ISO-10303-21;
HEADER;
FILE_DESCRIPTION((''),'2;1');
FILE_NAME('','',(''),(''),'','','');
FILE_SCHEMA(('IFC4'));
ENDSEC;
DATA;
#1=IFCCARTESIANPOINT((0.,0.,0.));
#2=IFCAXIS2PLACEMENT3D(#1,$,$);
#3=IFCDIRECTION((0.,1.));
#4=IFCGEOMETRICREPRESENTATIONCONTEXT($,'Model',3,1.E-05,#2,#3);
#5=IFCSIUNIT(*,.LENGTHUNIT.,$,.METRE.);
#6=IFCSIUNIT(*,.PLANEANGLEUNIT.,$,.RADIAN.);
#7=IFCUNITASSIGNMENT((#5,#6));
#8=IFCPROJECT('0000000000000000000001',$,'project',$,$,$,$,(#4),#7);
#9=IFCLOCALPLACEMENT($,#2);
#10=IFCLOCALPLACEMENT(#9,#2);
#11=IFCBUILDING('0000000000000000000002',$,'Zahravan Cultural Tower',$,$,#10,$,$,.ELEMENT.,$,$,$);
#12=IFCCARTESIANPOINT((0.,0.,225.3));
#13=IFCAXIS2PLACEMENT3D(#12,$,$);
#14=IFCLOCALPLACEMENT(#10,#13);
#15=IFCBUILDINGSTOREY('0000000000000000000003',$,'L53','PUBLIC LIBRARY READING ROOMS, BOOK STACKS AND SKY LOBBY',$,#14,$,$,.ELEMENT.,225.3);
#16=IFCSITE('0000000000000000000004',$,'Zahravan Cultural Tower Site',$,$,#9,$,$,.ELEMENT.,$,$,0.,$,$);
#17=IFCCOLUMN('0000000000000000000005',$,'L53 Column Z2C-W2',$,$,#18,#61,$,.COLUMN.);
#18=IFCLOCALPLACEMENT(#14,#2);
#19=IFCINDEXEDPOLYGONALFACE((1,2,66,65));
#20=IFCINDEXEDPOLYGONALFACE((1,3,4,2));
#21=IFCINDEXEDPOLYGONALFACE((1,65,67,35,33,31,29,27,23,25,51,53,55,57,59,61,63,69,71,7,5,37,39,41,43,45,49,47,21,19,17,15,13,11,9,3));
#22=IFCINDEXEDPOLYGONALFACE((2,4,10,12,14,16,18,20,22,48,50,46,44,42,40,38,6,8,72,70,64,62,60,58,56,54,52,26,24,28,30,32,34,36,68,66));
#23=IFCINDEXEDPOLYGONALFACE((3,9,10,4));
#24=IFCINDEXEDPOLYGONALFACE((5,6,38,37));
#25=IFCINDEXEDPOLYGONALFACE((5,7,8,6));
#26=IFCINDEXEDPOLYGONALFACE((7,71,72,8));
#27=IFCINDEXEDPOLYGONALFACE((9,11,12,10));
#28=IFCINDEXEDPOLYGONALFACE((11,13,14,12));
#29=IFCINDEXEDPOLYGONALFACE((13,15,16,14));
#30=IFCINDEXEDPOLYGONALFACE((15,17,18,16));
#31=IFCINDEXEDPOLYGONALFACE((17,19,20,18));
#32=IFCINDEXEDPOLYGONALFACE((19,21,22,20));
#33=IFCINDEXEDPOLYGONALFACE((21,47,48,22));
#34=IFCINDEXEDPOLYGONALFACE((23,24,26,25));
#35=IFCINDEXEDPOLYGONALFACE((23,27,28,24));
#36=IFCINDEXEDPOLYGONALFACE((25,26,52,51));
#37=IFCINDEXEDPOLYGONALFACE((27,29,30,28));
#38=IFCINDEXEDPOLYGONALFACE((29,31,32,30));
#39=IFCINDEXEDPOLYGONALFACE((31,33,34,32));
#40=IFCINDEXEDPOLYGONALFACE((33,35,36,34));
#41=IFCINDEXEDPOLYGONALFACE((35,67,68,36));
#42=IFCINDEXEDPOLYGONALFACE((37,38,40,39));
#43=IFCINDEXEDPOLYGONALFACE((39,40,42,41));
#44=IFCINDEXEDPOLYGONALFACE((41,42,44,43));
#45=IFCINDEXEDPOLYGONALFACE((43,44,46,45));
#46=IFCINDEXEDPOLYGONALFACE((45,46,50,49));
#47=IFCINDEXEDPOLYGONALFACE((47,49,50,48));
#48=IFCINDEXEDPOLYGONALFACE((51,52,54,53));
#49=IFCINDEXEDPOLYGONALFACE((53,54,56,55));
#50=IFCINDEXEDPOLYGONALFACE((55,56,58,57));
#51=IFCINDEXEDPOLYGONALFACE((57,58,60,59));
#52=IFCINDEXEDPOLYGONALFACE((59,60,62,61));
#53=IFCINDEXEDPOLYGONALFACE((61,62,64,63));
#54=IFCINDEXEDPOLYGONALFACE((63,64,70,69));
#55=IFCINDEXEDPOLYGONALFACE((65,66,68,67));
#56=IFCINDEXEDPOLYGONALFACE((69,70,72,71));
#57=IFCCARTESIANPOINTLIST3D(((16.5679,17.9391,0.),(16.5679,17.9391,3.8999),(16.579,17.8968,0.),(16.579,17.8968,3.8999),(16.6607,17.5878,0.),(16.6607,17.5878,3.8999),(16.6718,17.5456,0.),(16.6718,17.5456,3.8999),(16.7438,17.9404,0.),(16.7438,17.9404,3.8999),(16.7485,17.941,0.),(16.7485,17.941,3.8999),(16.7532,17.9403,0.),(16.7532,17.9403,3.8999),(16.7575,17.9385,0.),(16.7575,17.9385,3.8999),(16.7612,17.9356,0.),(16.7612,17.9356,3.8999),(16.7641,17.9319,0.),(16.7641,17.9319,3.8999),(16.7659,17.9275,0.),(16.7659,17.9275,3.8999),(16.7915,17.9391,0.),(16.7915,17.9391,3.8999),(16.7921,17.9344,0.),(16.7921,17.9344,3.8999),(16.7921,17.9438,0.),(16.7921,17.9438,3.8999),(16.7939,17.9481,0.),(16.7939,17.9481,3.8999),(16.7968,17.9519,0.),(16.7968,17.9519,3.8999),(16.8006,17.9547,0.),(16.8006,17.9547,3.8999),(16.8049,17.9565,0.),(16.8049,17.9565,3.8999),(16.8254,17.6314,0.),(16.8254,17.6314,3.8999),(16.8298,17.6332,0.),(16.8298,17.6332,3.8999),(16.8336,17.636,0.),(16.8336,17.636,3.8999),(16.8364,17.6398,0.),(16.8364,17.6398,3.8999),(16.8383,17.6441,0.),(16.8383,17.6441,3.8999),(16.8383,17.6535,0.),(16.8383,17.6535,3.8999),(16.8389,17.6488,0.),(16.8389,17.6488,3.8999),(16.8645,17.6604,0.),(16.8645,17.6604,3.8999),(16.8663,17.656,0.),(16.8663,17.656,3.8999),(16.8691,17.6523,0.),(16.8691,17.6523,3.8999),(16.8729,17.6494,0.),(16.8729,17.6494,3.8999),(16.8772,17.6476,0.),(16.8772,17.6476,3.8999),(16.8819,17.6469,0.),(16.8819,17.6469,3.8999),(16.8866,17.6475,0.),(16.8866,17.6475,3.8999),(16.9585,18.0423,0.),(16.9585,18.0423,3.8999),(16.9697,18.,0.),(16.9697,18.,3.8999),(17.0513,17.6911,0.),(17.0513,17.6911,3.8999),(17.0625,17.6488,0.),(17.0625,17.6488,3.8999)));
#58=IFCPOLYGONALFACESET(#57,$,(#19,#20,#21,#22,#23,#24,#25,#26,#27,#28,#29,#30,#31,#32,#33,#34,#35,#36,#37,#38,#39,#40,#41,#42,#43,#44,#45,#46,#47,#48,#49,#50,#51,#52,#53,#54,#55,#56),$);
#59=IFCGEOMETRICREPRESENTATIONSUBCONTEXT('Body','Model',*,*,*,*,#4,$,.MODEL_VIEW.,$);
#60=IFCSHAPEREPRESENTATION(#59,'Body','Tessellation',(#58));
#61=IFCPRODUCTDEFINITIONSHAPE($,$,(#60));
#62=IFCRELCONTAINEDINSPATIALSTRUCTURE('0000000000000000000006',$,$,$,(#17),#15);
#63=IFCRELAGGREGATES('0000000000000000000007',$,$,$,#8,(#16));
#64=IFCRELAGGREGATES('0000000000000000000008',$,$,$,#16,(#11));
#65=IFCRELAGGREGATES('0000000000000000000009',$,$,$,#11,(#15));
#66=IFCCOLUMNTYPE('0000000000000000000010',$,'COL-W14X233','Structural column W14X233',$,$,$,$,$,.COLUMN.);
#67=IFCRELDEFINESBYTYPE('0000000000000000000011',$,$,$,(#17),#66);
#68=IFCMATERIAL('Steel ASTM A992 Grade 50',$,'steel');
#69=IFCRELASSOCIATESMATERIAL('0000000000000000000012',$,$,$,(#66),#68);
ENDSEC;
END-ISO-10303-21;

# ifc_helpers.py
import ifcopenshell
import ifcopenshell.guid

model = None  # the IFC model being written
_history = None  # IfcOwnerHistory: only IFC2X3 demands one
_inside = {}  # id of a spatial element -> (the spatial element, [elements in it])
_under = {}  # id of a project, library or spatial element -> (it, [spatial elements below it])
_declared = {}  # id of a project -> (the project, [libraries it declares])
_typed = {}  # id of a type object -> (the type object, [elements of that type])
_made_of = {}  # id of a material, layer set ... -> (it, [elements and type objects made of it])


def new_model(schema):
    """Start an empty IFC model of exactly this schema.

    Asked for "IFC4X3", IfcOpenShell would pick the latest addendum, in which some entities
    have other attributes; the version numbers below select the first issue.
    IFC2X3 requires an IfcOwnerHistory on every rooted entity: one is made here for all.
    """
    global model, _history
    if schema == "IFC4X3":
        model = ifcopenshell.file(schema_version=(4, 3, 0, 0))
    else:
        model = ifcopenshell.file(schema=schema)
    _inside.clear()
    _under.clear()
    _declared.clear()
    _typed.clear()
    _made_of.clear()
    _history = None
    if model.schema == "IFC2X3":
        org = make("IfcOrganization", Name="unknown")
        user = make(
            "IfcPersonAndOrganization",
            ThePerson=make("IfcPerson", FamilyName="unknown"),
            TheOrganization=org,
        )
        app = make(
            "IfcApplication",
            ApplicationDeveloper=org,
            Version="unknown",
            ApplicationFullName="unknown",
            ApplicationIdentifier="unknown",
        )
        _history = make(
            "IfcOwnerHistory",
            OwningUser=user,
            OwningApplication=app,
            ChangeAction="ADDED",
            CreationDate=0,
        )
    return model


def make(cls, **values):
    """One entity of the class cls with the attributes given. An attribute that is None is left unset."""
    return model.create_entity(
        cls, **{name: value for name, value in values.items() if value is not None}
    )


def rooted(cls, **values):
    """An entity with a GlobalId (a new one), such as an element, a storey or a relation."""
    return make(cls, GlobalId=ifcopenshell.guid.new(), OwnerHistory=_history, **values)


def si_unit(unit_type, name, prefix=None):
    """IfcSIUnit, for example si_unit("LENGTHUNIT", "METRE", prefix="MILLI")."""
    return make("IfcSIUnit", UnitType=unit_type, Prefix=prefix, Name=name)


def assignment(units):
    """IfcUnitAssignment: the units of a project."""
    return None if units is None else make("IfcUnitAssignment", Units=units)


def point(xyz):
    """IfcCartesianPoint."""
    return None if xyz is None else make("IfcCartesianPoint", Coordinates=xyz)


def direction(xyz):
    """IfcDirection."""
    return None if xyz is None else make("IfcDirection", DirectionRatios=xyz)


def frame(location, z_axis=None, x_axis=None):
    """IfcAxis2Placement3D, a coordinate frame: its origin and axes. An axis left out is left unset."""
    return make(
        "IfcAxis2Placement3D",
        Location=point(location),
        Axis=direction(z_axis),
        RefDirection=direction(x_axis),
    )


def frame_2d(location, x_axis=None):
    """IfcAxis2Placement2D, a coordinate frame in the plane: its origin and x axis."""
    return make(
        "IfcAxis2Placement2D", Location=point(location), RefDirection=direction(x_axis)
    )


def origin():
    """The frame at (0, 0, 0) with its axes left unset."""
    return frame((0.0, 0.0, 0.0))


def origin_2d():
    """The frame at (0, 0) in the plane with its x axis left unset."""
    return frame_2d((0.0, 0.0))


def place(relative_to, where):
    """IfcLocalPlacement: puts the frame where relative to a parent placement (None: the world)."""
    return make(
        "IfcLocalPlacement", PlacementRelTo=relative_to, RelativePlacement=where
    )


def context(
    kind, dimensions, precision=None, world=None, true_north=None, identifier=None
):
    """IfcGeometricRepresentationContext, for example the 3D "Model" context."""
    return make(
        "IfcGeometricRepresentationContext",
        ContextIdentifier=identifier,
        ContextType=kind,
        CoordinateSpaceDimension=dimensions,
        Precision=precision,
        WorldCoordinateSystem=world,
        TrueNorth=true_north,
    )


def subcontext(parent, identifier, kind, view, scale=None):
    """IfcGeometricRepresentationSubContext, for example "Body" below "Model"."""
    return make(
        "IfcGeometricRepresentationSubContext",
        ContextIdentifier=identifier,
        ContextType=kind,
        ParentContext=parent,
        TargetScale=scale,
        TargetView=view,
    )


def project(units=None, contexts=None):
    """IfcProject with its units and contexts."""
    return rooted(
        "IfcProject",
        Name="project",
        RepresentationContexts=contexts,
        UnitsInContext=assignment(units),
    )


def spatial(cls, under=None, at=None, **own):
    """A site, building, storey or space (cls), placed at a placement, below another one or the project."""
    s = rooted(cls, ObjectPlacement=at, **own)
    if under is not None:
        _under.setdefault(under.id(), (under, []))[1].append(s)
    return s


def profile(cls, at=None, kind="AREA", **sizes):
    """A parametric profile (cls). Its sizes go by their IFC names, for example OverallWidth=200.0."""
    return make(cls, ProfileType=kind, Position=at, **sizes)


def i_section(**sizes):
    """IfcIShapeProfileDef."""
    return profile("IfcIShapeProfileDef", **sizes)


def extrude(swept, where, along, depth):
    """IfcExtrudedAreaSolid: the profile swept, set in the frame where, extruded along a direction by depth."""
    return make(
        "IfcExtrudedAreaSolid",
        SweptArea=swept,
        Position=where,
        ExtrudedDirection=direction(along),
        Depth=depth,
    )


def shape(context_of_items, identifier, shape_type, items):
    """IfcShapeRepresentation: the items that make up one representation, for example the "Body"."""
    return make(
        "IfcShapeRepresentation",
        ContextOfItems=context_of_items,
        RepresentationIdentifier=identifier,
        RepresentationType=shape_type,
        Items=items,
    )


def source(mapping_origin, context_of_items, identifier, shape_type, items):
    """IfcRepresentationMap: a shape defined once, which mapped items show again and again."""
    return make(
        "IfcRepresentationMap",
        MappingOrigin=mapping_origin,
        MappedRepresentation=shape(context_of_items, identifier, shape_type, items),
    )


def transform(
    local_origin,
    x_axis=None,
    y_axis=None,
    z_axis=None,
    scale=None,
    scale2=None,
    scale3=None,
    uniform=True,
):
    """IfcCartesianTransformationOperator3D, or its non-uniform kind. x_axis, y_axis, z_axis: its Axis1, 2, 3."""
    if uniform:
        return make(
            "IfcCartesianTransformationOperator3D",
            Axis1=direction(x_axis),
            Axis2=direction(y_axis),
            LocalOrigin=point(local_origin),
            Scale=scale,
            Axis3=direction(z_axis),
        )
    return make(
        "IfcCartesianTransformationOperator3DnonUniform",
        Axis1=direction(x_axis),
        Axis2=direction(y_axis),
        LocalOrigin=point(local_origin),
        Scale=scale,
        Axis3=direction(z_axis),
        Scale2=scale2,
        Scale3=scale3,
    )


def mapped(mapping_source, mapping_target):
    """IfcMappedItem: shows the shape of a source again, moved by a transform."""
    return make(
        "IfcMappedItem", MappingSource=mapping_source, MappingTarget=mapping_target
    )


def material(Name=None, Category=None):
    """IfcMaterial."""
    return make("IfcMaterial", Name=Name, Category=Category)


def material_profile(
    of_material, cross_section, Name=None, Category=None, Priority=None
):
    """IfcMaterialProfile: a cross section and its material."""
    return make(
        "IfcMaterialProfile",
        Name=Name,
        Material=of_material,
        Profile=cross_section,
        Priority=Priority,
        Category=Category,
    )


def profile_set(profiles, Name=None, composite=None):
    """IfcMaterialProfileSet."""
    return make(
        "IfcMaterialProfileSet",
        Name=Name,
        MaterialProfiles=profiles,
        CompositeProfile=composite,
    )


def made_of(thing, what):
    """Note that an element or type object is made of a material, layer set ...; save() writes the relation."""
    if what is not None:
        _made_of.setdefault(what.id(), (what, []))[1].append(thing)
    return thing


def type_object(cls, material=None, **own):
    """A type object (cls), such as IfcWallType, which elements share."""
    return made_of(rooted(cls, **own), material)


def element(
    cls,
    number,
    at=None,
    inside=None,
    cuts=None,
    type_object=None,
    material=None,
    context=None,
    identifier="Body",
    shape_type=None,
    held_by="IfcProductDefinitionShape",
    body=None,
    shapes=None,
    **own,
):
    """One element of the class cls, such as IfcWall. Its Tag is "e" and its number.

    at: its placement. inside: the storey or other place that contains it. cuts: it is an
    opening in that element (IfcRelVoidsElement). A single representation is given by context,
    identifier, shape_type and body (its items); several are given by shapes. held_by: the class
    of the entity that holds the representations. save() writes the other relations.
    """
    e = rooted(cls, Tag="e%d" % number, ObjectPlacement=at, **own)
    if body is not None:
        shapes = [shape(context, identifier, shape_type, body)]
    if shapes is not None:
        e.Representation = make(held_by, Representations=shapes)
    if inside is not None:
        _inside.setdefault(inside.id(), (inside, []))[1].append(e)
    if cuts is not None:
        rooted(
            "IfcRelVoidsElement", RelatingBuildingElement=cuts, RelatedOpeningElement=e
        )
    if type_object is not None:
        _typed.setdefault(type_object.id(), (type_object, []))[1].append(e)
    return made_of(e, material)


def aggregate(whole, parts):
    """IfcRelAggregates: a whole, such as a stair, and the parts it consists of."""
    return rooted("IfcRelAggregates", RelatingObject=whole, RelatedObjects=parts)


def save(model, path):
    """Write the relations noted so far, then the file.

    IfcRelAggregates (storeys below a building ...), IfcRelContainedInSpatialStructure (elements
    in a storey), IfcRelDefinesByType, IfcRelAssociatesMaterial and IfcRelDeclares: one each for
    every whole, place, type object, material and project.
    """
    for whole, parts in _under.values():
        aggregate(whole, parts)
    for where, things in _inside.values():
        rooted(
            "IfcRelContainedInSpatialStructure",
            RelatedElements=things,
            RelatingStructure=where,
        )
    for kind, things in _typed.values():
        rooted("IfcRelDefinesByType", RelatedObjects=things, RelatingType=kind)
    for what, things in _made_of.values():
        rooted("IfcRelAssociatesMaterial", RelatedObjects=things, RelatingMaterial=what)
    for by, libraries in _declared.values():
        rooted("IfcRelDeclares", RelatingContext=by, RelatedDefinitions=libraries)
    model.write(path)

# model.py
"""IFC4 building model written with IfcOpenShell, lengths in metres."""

from ifc_helpers import new_model, si_unit, direction, frame, origin, origin_2d, place, context, subcontext, project, spatial, i_section, extrude, source, transform, mapped, material, material_profile, profile_set, type_object, element, save


model = new_model("IFC4")

# Units and contexts
model_context = context("Model", 3, precision=1e-05, world=origin(), true_north=direction((0.0, 1.0)))
body_context = subcontext(model_context, "Body", "Model", "MODEL_VIEW")
ifc_project = project(units=[si_unit("LENGTHUNIT", "METRE"), si_unit("PLANEANGLEUNIT", "RADIAN")], contexts=[model_context])

# Site, building, storey
site_placement = place(None, origin())
site = spatial("IfcSite", under=ifc_project, at=site_placement, Name="Zahravan Cultural Tower Site", CompositionType="ELEMENT", RefElevation=0.0)
building_placement = place(site_placement, origin())
building = spatial("IfcBuilding", under=site, at=building_placement, Name="Zahravan Cultural Tower", CompositionType="ELEMENT")
storey_placement = place(building_placement, frame((0.0, 0.0, 225.3)))
storey = spatial("IfcBuildingStorey", under=building, at=storey_placement, Name="L53", Description="PUBLIC LIBRARY READING ROOMS, BOOK STACKS AND SKY LOBBY", CompositionType="ELEMENT", Elevation=225.3)

# Column
ifc_material_1 = material(Name="Steel ASTM A992 Grade 50", Category="steel")
ifc_material_profile = material_profile(ifc_material_1, i_section(OverallWidth=0.4041, OverallDepth=0.407, WebThickness=0.0271, FlangeThickness=0.0437, FilletRadius=0.0181, at=origin_2d()), Name="W14X233")
ifc_profile_set = profile_set([ifc_material_profile], Name="Steel ASTM A992 Grade 50")
column_type = type_object("IfcColumnType", Name="COL-W14X233", Description="Structural column W14X233", PredefinedType="COLUMN", material=ifc_profile_set)
shared_shape_1 = source(origin(), body_context, "Body", "SweptSolid", [
    extrude(i_section(OverallWidth=0.4041, OverallDepth=0.407, WebThickness=0.0271, FlangeThickness=0.0437, FilletRadius=0.0181, at=origin_2d()), origin(), (0.0, 0.0, 1.0), 3.8999),
])
column_placement = place(storey_placement, frame((16.8152, 17.7939, 0.0), z_axis=(0.0, 0.0, 1.0), x_axis=(0.966823, 0.255446, 0.0)))
element("IfcColumn", 1, at=column_placement, inside=storey, type_object=column_type, Name="L53 Column Z2C-W2", PredefinedType="COLUMN", context=body_context, shape_type="MappedRepresentation", body=[
    mapped(shared_shape_1, transform((0.0, 0.0, 0.0), x_axis=(1.0, 0.0, 0.0), y_axis=(0.0, 1.0, 0.0), z_axis=(0.0, 0.0, 1.0), scale=1.0)),
])

save(model, "model.ifc")
